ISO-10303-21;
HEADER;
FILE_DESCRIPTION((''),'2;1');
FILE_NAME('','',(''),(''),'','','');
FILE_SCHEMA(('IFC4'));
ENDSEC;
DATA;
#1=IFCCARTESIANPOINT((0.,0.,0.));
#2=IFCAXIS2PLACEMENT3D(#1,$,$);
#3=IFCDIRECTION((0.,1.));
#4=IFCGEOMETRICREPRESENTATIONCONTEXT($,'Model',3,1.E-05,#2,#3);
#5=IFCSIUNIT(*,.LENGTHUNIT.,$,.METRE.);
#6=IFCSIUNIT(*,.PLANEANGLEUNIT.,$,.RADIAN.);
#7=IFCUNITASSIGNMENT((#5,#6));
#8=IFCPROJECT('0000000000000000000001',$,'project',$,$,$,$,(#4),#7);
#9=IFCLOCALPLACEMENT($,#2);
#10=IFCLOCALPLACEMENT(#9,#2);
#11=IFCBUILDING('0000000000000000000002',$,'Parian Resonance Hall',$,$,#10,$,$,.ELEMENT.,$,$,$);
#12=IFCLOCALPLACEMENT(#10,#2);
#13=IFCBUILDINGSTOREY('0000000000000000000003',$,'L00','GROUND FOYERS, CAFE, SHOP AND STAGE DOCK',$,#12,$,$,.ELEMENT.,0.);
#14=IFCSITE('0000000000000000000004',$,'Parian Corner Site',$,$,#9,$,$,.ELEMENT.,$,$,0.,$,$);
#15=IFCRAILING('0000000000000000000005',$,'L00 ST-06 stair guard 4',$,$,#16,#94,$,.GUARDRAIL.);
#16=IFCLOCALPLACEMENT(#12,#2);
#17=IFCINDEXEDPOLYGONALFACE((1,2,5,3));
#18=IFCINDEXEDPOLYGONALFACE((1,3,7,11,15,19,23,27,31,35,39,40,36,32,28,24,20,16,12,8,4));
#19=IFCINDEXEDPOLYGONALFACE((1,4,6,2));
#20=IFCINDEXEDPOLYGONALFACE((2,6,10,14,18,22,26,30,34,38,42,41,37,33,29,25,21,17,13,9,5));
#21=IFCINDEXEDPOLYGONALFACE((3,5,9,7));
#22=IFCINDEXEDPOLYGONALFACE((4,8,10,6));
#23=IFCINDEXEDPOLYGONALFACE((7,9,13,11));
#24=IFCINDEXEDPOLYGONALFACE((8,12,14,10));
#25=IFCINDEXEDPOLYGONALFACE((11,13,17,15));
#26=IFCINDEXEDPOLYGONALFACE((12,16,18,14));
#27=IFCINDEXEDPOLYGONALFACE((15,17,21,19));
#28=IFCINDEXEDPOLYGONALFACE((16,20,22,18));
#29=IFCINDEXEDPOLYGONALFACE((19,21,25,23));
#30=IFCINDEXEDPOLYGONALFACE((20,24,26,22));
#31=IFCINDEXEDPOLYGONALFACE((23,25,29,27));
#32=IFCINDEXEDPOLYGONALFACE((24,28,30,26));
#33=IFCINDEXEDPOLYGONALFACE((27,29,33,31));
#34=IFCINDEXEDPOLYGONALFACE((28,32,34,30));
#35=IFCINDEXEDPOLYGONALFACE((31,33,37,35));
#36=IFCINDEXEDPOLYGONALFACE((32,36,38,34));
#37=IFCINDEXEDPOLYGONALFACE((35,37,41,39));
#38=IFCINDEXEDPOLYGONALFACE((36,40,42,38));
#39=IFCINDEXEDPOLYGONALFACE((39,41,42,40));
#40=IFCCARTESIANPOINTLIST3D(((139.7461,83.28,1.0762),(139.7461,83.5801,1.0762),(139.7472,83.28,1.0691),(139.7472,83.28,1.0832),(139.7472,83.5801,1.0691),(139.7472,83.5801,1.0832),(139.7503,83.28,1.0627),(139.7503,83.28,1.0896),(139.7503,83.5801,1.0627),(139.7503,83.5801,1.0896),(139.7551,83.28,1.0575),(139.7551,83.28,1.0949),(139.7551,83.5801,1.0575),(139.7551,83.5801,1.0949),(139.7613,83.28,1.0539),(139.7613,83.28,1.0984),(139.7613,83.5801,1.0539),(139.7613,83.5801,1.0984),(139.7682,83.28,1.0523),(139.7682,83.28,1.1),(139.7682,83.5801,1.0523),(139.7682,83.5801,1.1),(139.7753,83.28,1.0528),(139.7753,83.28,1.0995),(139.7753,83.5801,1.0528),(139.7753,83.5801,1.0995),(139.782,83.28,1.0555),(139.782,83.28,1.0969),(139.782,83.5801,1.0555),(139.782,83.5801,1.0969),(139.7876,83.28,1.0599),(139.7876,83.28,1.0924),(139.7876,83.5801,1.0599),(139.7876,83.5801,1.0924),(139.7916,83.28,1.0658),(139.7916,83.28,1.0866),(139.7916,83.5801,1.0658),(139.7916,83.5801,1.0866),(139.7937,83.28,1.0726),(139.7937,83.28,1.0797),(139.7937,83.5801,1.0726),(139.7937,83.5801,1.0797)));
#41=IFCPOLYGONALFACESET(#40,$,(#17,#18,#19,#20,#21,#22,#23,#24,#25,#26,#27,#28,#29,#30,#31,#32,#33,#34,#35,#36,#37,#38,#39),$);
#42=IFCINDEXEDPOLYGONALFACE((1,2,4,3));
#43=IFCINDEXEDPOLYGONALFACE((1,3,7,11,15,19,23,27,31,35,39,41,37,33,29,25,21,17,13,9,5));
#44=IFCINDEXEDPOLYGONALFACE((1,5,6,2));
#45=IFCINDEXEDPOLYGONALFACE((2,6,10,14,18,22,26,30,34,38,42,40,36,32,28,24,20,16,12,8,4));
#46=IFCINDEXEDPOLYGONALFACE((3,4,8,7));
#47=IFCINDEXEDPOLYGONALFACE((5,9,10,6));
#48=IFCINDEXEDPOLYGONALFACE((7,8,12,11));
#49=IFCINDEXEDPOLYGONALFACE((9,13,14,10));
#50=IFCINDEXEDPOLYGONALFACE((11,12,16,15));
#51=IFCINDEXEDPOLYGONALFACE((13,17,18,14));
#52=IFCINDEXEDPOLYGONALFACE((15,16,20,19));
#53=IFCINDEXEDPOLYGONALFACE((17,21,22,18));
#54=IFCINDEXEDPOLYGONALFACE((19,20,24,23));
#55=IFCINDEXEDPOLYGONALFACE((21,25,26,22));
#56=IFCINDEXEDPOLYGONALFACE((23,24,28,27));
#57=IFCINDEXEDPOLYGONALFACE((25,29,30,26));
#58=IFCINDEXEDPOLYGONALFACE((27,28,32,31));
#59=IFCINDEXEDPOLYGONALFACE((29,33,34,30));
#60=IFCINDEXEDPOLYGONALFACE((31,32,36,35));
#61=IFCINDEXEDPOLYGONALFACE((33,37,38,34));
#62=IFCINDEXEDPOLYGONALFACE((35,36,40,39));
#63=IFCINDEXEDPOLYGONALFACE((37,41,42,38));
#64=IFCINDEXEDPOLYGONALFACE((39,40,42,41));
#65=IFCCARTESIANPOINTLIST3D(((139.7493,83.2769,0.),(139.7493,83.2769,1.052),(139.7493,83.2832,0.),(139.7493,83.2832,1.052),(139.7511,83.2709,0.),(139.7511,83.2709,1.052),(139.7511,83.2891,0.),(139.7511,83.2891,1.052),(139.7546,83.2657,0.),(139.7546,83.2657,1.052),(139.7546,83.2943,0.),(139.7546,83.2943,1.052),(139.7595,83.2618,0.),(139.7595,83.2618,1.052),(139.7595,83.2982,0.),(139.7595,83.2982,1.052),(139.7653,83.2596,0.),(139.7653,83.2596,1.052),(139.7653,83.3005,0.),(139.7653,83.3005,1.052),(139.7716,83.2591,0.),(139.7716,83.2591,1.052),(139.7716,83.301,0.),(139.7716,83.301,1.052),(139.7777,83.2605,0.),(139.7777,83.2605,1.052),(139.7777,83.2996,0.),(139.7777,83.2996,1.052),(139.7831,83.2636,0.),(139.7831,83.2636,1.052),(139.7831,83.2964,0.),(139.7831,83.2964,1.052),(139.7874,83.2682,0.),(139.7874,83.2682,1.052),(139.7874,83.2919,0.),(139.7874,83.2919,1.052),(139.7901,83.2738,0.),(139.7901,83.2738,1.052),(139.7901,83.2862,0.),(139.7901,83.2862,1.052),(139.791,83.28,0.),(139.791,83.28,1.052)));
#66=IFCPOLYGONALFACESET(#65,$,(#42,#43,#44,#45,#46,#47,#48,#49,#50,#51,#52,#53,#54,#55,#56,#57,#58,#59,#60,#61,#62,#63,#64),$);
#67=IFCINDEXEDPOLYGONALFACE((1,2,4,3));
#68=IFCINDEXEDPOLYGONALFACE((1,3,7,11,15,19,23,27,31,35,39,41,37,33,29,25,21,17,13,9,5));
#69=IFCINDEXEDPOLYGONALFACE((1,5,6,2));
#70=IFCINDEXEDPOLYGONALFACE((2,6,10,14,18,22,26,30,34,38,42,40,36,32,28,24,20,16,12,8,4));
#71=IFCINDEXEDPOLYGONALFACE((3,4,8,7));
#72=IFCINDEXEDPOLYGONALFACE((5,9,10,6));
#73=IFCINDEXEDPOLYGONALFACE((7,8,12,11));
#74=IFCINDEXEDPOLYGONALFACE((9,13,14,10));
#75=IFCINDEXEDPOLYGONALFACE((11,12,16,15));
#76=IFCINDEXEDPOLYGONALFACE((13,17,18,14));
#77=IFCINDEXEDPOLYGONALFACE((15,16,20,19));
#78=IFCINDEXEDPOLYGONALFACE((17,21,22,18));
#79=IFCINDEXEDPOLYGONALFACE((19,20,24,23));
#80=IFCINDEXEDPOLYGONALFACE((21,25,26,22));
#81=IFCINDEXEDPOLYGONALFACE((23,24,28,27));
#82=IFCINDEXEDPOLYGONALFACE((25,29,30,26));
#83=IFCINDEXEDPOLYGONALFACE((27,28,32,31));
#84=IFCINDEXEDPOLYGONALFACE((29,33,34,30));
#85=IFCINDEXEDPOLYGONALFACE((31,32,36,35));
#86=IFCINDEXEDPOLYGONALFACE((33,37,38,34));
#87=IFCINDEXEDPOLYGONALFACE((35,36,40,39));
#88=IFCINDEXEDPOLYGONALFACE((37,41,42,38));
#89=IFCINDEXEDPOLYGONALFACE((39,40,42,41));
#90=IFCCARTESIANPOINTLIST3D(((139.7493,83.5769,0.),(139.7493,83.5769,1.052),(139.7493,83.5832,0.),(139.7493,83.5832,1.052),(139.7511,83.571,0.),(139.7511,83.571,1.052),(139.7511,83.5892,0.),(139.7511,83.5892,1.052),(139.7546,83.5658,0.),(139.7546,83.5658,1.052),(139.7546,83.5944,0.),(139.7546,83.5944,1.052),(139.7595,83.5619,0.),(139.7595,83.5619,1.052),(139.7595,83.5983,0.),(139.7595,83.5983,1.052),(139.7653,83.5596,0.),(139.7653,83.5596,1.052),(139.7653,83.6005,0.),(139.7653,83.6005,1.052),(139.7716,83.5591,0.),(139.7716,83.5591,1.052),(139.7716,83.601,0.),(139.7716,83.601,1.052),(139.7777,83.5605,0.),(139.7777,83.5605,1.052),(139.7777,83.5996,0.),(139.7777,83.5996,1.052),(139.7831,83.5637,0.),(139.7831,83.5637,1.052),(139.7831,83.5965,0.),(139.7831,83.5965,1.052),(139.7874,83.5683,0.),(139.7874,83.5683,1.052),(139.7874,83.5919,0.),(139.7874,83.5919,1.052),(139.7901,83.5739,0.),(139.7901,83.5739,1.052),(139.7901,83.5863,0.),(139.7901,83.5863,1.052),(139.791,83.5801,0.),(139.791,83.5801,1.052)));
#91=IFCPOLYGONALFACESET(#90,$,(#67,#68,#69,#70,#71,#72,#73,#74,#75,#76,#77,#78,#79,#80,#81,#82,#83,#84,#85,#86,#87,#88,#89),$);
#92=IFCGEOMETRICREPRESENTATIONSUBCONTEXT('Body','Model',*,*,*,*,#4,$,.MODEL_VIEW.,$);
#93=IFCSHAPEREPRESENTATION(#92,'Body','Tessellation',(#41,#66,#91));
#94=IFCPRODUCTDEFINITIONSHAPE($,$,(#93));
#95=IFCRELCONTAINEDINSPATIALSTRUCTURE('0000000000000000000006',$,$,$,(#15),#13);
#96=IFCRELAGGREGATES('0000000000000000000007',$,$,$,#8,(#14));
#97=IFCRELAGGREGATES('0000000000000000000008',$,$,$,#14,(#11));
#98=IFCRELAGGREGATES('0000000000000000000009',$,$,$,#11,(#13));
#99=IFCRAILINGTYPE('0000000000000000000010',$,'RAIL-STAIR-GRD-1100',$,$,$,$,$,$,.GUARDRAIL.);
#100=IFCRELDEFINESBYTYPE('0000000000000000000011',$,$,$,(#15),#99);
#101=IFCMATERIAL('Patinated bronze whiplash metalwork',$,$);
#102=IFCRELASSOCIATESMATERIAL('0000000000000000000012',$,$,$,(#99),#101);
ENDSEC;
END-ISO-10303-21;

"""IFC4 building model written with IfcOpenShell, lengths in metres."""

from ifc_helpers import new_model, si_unit, direction, frame, origin, origin_2d, place, context, subcontext, project, spatial, circle, extrude, material, type_object, element, save


model = new_model("IFC4")

# Units and contexts
model_context = context("Model", 3, precision=1e-05, world=origin(), true_north=direction((0.0, 1.0)))
body_context = subcontext(model_context, "Body", "Model", "MODEL_VIEW")
ifc_project = project(units=[si_unit("LENGTHUNIT", "METRE"), si_unit("PLANEANGLEUNIT", "RADIAN")], contexts=[model_context])

# Site, building, storey
site_placement = place(None, origin())
site = spatial("IfcSite", under=ifc_project, at=site_placement, Name="Parian Corner Site", CompositionType="ELEMENT", RefElevation=0.0)
building_placement = place(site_placement, origin())
building = spatial("IfcBuilding", under=site, at=building_placement, Name="Parian Resonance Hall", CompositionType="ELEMENT")
storey_placement = place(building_placement, origin())
storey = spatial("IfcBuildingStorey", under=building, at=storey_placement, Name="L00", Description="GROUND FOYERS, CAFE, SHOP AND STAGE DOCK", CompositionType="ELEMENT", Elevation=0.0)

# Railing
ifc_material_1 = material(Name="Patinated bronze whiplash metalwork")
railing_type_1 = type_object("IfcRailingType", Name="RAIL-STAIR-GRD-1100", PredefinedType="GUARDRAIL", material=ifc_material_1)
railing_1_placement = place(storey_placement, frame((139.77, 83.28, 0.0)))
element("IfcRailing", 1, at=railing_1_placement, inside=storey, type_object=railing_type_1, Name="L00 ST-06 stair guard 4", PredefinedType="GUARDRAIL", context=body_context, shape_type="SweptSolid", body=[
    extrude(circle(Radius=0.0239, at=origin_2d()), frame((0.0, 0.0, 1.0762), z_axis=(0.0, 1.0, 0.0), x_axis=(-1.0, 0.0, 0.0)), (0.0, 0.0, 1.0), 0.3),
    extrude(circle(Radius=0.021, at=origin_2d()), origin(), (0.0, 0.0, 1.0), 1.052),
    extrude(circle(Radius=0.021, at=origin_2d()), frame((0.0, 0.3, 0.0)), (0.0, 0.0, 1.0), 1.052),
])

save(model, "model.ifc")
